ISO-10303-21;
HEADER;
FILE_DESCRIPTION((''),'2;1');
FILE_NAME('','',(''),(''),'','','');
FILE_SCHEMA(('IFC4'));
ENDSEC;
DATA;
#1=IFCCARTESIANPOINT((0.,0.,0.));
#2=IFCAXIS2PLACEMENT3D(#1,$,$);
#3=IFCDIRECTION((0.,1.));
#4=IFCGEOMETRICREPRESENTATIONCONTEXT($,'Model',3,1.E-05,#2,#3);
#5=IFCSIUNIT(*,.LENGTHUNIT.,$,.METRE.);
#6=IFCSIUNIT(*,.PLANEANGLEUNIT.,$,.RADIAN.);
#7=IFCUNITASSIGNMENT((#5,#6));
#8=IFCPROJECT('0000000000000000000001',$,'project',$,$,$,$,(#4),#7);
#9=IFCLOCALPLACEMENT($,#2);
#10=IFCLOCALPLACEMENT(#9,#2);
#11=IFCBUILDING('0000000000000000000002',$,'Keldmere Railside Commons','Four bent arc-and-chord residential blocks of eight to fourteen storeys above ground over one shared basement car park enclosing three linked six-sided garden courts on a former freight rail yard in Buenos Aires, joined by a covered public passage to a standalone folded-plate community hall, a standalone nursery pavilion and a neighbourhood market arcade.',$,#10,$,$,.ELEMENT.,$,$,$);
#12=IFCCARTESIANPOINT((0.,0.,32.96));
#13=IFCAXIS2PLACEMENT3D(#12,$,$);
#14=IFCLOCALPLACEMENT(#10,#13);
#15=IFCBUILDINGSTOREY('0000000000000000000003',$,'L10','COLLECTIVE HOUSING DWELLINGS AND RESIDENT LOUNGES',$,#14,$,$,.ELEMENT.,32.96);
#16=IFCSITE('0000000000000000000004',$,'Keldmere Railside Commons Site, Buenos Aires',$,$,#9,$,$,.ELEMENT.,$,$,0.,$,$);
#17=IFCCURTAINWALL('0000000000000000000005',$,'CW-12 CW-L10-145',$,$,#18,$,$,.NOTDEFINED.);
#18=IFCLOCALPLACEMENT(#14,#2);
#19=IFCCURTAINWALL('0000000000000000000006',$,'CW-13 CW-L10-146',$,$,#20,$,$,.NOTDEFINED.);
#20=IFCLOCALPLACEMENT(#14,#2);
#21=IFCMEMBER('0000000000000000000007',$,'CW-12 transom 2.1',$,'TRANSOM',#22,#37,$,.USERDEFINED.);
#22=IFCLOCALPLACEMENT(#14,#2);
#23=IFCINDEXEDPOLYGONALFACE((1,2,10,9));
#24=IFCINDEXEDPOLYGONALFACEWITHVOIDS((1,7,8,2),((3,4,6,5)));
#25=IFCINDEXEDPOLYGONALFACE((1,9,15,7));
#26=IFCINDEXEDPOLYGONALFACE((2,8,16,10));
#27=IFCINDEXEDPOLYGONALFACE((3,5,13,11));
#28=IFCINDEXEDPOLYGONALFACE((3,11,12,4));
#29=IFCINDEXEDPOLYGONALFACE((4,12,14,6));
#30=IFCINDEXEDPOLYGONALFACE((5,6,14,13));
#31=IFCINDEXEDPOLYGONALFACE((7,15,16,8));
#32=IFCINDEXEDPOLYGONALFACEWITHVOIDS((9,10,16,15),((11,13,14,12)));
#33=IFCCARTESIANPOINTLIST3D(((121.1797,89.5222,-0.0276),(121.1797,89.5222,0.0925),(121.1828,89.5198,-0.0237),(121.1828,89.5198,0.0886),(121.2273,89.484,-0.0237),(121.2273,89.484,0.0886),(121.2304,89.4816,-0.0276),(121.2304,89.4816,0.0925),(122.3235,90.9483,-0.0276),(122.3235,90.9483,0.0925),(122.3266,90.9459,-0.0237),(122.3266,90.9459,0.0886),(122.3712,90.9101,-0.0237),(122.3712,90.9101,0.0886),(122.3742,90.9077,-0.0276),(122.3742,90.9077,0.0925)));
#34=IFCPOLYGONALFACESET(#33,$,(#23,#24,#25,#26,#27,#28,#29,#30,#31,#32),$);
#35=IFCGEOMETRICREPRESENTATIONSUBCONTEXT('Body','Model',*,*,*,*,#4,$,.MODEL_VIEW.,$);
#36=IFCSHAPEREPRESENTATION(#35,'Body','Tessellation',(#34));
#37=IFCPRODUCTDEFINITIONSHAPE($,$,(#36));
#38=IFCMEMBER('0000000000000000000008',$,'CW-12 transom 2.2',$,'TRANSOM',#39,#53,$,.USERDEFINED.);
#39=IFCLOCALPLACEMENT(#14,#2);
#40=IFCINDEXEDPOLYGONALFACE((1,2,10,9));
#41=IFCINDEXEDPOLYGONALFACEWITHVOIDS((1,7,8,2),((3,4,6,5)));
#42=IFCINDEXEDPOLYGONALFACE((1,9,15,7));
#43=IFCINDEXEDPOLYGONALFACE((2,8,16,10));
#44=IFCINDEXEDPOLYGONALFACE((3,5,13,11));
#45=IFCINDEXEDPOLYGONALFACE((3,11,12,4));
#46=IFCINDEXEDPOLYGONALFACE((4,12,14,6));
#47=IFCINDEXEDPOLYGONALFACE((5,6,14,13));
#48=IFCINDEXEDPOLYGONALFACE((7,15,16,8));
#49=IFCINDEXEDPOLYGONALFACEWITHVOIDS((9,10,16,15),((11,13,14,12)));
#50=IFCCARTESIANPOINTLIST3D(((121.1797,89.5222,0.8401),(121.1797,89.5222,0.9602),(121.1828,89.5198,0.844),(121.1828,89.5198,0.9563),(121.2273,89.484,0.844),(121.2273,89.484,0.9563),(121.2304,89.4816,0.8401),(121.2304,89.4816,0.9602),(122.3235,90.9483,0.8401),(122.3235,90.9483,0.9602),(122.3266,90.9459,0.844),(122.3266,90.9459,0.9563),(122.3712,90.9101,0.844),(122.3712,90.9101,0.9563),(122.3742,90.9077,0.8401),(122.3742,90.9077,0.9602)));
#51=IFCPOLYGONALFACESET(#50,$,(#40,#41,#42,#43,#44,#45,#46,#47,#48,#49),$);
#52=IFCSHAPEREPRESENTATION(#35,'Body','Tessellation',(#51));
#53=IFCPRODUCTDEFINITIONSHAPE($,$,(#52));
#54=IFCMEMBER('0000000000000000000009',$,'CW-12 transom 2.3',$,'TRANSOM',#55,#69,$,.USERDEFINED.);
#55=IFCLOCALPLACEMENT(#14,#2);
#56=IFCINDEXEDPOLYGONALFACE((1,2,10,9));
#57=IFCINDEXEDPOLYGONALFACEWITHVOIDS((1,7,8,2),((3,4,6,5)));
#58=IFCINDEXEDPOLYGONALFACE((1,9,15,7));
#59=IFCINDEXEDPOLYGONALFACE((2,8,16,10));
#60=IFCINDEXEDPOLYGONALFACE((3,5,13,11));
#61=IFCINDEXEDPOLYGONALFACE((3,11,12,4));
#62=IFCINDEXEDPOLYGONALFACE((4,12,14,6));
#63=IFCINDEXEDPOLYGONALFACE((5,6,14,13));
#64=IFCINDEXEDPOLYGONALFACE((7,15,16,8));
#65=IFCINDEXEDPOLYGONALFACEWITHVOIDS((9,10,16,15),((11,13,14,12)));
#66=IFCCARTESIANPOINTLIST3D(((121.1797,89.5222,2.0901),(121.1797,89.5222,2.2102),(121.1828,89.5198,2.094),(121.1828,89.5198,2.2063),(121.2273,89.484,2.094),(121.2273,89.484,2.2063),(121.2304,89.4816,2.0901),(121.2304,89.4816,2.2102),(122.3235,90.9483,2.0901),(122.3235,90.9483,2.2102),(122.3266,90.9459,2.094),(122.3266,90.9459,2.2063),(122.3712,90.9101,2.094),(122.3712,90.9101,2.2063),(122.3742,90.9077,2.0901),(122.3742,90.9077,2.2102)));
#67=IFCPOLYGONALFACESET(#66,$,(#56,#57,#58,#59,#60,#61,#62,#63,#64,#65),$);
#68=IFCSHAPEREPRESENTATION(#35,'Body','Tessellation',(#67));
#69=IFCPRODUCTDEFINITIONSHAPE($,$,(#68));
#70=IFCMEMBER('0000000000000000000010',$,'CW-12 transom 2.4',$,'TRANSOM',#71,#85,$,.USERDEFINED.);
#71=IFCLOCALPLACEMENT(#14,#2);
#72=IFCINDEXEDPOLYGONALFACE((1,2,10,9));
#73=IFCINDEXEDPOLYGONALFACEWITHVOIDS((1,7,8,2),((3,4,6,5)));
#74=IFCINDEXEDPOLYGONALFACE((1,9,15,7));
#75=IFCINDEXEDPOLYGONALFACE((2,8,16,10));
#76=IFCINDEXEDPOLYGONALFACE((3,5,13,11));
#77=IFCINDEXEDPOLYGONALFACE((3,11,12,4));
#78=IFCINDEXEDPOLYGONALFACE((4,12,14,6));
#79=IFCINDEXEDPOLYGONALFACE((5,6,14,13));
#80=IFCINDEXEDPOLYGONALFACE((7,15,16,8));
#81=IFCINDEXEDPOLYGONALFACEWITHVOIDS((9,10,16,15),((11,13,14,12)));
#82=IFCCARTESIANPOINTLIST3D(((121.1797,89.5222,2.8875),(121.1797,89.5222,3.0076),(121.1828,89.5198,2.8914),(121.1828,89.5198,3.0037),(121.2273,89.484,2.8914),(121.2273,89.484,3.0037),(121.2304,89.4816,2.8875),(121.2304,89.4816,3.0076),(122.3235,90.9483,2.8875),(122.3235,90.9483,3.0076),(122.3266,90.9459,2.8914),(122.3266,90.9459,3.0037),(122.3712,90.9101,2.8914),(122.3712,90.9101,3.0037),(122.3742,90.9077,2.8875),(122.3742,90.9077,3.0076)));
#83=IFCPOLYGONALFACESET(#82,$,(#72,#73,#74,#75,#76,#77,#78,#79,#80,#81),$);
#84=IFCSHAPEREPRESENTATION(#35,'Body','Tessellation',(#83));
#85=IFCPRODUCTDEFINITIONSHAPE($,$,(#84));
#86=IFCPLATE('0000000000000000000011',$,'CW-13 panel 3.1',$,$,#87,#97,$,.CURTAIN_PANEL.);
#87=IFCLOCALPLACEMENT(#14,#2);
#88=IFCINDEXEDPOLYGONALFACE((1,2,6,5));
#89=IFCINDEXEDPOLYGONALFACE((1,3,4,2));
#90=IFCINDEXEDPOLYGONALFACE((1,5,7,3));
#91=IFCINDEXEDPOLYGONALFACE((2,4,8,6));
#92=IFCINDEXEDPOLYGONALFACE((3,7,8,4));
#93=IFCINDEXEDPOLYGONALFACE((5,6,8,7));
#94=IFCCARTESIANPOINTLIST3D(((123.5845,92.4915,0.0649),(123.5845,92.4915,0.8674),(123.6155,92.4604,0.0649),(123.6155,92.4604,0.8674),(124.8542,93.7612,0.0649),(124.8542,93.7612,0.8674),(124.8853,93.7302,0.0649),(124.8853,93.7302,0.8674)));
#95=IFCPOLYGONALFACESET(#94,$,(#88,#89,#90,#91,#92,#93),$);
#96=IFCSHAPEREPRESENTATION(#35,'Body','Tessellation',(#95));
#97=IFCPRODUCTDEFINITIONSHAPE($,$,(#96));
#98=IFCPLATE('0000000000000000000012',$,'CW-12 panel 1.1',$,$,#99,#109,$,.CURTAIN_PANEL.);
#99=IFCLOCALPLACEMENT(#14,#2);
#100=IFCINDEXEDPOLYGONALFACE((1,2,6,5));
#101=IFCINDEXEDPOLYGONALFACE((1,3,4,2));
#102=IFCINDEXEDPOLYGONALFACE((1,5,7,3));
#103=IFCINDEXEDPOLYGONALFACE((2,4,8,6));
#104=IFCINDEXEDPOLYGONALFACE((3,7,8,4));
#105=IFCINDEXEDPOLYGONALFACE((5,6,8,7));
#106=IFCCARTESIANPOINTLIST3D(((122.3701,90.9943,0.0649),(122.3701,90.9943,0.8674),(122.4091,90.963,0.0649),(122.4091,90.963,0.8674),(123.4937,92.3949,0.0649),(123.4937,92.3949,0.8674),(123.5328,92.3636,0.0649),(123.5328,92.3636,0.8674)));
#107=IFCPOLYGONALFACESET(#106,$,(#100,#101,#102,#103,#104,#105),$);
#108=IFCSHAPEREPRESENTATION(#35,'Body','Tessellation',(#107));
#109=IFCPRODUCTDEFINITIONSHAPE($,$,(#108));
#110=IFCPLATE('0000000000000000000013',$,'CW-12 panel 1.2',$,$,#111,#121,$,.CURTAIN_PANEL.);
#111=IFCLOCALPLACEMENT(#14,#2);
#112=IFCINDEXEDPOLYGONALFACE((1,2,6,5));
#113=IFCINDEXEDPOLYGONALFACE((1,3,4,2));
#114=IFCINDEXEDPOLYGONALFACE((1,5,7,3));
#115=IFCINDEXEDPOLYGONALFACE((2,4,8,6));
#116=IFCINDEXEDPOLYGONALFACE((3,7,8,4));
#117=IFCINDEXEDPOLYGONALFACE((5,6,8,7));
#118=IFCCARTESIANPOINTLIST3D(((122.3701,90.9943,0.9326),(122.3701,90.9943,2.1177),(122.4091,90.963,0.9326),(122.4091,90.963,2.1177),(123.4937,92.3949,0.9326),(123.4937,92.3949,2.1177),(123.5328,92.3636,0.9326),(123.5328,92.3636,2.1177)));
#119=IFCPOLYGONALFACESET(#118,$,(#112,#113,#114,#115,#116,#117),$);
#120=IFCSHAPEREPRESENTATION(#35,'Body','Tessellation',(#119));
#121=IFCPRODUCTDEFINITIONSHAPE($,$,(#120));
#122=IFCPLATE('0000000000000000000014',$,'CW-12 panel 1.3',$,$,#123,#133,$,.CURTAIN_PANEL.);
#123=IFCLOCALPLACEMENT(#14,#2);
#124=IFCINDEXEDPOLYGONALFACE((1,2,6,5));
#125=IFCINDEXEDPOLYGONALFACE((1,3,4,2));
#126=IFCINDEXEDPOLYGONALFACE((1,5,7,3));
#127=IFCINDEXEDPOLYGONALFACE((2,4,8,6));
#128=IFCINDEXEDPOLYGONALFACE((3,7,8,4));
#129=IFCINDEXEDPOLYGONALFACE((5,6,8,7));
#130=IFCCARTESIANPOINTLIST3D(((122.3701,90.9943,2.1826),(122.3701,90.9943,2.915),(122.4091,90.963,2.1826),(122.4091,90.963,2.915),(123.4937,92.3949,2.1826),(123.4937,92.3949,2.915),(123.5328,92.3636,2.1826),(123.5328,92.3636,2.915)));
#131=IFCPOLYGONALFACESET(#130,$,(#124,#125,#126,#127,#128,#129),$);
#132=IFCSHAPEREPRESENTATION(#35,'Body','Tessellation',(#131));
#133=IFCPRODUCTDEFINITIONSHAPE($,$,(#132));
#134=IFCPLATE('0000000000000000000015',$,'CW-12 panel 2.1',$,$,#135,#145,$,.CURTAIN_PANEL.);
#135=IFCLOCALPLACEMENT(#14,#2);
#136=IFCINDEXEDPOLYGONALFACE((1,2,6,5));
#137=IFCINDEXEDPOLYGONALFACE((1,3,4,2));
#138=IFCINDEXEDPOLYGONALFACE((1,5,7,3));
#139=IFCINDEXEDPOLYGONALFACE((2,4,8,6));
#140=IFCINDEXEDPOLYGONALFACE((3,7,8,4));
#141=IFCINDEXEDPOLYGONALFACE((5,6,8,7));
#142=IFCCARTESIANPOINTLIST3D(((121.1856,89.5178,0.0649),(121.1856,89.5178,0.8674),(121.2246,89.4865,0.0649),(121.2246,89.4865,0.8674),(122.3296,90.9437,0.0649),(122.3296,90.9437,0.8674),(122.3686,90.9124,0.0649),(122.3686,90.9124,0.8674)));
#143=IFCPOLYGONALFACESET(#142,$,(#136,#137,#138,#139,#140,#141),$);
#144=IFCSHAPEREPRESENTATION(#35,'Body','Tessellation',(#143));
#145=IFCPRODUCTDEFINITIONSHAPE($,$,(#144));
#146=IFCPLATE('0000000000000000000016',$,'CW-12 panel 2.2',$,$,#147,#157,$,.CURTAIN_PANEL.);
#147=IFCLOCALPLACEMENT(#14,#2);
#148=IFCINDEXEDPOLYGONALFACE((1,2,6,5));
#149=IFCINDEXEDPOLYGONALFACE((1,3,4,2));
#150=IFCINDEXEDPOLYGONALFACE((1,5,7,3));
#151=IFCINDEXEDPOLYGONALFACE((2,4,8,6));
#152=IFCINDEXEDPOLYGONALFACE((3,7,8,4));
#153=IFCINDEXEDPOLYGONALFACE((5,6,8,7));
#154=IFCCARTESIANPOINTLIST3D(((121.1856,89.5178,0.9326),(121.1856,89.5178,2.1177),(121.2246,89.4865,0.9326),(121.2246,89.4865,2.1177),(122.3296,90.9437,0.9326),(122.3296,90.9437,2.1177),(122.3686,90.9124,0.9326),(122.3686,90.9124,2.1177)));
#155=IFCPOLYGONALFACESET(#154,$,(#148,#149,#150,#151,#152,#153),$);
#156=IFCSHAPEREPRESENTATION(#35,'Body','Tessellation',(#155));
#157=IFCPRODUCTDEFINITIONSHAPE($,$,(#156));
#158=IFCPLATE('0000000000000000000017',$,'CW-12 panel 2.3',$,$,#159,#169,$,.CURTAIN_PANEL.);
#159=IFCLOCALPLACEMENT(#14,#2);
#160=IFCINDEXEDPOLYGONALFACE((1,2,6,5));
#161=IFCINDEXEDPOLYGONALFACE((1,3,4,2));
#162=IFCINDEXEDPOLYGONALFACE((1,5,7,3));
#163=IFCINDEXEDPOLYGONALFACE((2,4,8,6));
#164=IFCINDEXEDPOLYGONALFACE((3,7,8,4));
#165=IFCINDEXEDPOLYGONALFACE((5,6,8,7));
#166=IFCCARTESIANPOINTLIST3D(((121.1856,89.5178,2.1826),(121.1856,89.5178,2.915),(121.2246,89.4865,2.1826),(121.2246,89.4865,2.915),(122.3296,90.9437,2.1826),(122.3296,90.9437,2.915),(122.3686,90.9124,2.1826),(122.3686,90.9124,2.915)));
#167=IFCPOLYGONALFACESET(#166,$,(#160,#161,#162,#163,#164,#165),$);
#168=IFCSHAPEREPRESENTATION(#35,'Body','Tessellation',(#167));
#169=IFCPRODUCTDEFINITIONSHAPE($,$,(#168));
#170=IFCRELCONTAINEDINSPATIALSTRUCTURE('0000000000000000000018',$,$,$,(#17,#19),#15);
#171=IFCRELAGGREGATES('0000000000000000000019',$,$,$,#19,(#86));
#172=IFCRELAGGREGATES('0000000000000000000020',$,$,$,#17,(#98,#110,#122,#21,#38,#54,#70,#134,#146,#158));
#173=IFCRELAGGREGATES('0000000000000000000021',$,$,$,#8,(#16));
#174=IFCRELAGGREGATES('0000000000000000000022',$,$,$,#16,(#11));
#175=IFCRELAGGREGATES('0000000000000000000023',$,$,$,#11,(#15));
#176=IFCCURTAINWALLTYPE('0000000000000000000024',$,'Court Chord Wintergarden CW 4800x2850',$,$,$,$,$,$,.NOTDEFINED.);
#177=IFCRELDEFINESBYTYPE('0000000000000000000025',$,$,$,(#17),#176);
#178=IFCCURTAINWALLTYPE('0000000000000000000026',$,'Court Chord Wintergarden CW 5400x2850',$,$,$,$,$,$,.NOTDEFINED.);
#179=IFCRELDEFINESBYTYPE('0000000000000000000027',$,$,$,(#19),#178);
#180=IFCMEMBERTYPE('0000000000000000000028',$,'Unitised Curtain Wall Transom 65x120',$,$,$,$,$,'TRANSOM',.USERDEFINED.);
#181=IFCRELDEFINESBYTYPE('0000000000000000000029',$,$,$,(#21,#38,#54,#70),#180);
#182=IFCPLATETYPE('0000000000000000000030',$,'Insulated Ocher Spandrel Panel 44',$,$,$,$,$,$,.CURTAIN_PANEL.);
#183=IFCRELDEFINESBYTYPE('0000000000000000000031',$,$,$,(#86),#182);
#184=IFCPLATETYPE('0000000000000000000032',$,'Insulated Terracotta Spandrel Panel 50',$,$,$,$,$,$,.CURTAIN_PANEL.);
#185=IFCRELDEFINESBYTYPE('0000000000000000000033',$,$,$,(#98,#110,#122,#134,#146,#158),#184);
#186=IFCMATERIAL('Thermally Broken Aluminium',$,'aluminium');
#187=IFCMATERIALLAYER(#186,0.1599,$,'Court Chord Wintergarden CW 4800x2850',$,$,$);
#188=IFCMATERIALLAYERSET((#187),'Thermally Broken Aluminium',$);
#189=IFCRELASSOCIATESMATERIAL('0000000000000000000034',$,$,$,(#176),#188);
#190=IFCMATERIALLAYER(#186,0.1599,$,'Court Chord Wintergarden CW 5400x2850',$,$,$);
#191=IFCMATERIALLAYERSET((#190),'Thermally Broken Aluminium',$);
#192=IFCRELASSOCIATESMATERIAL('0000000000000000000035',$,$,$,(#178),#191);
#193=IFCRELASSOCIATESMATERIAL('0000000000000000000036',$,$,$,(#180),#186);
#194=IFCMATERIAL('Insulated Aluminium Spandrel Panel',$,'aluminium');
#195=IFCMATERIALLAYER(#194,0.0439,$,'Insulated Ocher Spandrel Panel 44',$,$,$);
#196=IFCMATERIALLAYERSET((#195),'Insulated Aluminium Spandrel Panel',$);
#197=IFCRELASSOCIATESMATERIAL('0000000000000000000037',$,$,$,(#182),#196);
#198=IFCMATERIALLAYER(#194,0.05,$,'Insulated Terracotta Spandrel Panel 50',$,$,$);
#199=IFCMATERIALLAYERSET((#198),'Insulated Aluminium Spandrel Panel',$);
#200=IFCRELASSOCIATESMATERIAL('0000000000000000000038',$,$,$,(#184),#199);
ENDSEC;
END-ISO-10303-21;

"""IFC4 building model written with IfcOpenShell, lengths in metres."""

from ifc_helpers import new_model, si_unit, direction, frame, origin, origin_2d, place, context, subcontext, project, spatial, rectangle, hollow_rectangle, extrude, material, layer, layer_set, material_profile, profile_set, type_object, element, aggregate, save


model = new_model("IFC4")

# Units and contexts
model_context = context("Model", 3, precision=1e-05, world=origin(), true_north=direction((0.0, 1.0)))
body_context = subcontext(model_context, "Body", "Model", "MODEL_VIEW")
ifc_project = project(units=[si_unit("LENGTHUNIT", "METRE"), si_unit("PLANEANGLEUNIT", "RADIAN")], contexts=[model_context])

# Site, building, storey
site_placement = place(None, origin())
site = spatial("IfcSite", under=ifc_project, at=site_placement, Name="Keldmere Railside Commons Site, Buenos Aires", CompositionType="ELEMENT", RefElevation=0.0)
building_placement = place(site_placement, origin())
building = spatial("IfcBuilding", under=site, at=building_placement, Name="Keldmere Railside Commons", Description="Four bent arc-and-chord residential blocks of eight to fourteen storeys above ground over one shared basement car park enclosing three linked six-sided garden courts on a former freight rail yard in Buenos Aires, joined by a covered public passage to a standalone folded-plate community hall, a standalone nursery pavilion and a neighbourhood market arcade.", CompositionType="ELEMENT")
storey_placement = place(building_placement, frame((0.0, 0.0, 32.96)))
storey = spatial("IfcBuildingStorey", under=building, at=storey_placement, Name="L10", Description="COLLECTIVE HOUSING DWELLINGS AND RESIDENT LOUNGES", CompositionType="ELEMENT", Elevation=32.96)

# Curtain wall
ifc_material_1 = material(Name="Thermally Broken Aluminium", Category="aluminium")
ifc_layer_1 = layer(ifc_material_1, 0.1599, Name="Court Chord Wintergarden CW 4800x2850")
ifc_layer_set_1 = layer_set([ifc_layer_1], Name="Thermally Broken Aluminium")
curtain_wall_type_1 = type_object("IfcCurtainWallType", Name="Court Chord Wintergarden CW 4800x2850", PredefinedType="NOTDEFINED", material=ifc_layer_set_1)
curtain_wall_1_placement = place(storey_placement, origin())
curtain_wall_1 = element("IfcCurtainWall", 1, at=curtain_wall_1_placement, inside=storey, type_object=curtain_wall_type_1, Name="CW-12 CW-L10-145", PredefinedType="NOTDEFINED")

# Curtain wall
ifc_layer_2 = layer(ifc_material_1, 0.1599, Name="Court Chord Wintergarden CW 5400x2850")
ifc_layer_set_2 = layer_set([ifc_layer_2], Name="Thermally Broken Aluminium")
curtain_wall_type_2 = type_object("IfcCurtainWallType", Name="Court Chord Wintergarden CW 5400x2850", PredefinedType="NOTDEFINED", material=ifc_layer_set_2)
curtain_wall_2_placement = place(storey_placement, origin())
curtain_wall_2 = element("IfcCurtainWall", 2, at=curtain_wall_2_placement, inside=storey, type_object=curtain_wall_type_2, Name="CW-13 CW-L10-146", PredefinedType="NOTDEFINED")

# Members
ifc_material_profile_1 = material_profile(ifc_material_1, hollow_rectangle(XDim=0.0649, YDim=0.1201, WallThickness=0.0039, at=origin_2d()), Name="ALU-TRAN-65x120")
ifc_profile_set_1 = profile_set([ifc_material_profile_1], Name="Thermally Broken Aluminium")
member_type_1 = type_object("IfcMemberType", Name="Unitised Curtain Wall Transom 65x120", ElementType="TRANSOM", PredefinedType="USERDEFINED", material=ifc_profile_set_1)
member_1_placement = place(storey_placement, frame((122.3489, 90.928, 0.0325), z_axis=(-0.625688, -0.780073, 0.0), x_axis=(0.780073, -0.625688, 0.0)))
member_1 = element("IfcMember", 3, at=member_1_placement, type_object=member_type_1, Name="CW-12 transom 2.1", ObjectType="TRANSOM", PredefinedType="USERDEFINED", context=body_context, shape_type="SweptSolid", body=[
    extrude(hollow_rectangle(XDim=0.0649, YDim=0.1201, WallThickness=0.0039, at=origin_2d()), origin(), (0.0, 0.0, 1.0), 1.8281),
])
member_2_placement = place(storey_placement, frame((122.3489, 90.928, 0.9001), z_axis=(-0.625688, -0.780073, 0.0), x_axis=(0.780073, -0.625688, 0.0)))
member_2 = element("IfcMember", 4, at=member_2_placement, type_object=member_type_1, Name="CW-12 transom 2.2", ObjectType="TRANSOM", PredefinedType="USERDEFINED", context=body_context, shape_type="SweptSolid", body=[
    extrude(hollow_rectangle(XDim=0.0649, YDim=0.1201, WallThickness=0.0039, at=origin_2d()), origin(), (0.0, 0.0, 1.0), 1.8281),
])
member_3_placement = place(storey_placement, frame((122.3489, 90.928, 2.1501), z_axis=(-0.625688, -0.780073, 0.0), x_axis=(0.780073, -0.625688, 0.0)))
member_3 = element("IfcMember", 5, at=member_3_placement, type_object=member_type_1, Name="CW-12 transom 2.3", ObjectType="TRANSOM", PredefinedType="USERDEFINED", context=body_context, shape_type="SweptSolid", body=[
    extrude(hollow_rectangle(XDim=0.0649, YDim=0.1201, WallThickness=0.0039, at=origin_2d()), origin(), (0.0, 0.0, 1.0), 1.8281),
])
member_4_placement = place(storey_placement, frame((122.3489, 90.928, 2.9475), z_axis=(-0.625688, -0.780073, 0.0), x_axis=(0.780073, -0.625688, 0.0)))
member_4 = element("IfcMember", 6, at=member_4_placement, type_object=member_type_1, Name="CW-12 transom 2.4", ObjectType="TRANSOM", PredefinedType="USERDEFINED", context=body_context, shape_type="SweptSolid", body=[
    extrude(hollow_rectangle(XDim=0.0649, YDim=0.1201, WallThickness=0.0039, at=origin_2d()), origin(), (0.0, 0.0, 1.0), 1.8281),
])

# Plates
ifc_material_2 = material(Name="Insulated Aluminium Spandrel Panel", Category="aluminium")
ifc_layer_3 = layer(ifc_material_2, 0.0439, Name="Insulated Ocher Spandrel Panel 44")
ifc_layer_set_3 = layer_set([ifc_layer_3], Name="Insulated Aluminium Spandrel Panel")
plate_type_1 = type_object("IfcPlateType", Name="Insulated Ocher Spandrel Panel 44", PredefinedType="CURTAIN_PANEL", material=ifc_layer_set_3)
plate_1_placement = place(storey_placement, frame((124.2349, 93.1108, 0.0649), z_axis=(0.0, 0.0, 1.0), x_axis=(-0.707107, -0.707107, 0.0)))
plate_1 = element("IfcPlate", 7, at=plate_1_placement, type_object=plate_type_1, Name="CW-13 panel 3.1", PredefinedType="CURTAIN_PANEL", context=body_context, shape_type="SweptSolid", body=[
    extrude(rectangle(XDim=1.7957, YDim=0.0439, at=origin_2d()), origin(), (0.0, 0.0, 1.0), 0.8025),
])
aggregate(curtain_wall_2, [plate_1])
ifc_layer_4 = layer(ifc_material_2, 0.05, Name="Insulated Terracotta Spandrel Panel 50")
ifc_layer_set_4 = layer_set([ifc_layer_4], Name="Insulated Aluminium Spandrel Panel")
plate_type_2 = type_object("IfcPlateType", Name="Insulated Terracotta Spandrel Panel 50", PredefinedType="CURTAIN_PANEL", material=ifc_layer_set_4)
plate_2_placement = place(storey_placement, frame((122.9514, 91.679, 0.0649), z_axis=(0.0, 0.0, 1.0), x_axis=(-0.625768, -0.780009, 0.0)))
plate_2 = element("IfcPlate", 8, at=plate_2_placement, type_object=plate_type_2, Name="CW-12 panel 1.1", PredefinedType="CURTAIN_PANEL", context=body_context, shape_type="SweptSolid", body=[
    extrude(rectangle(XDim=1.7957, YDim=0.05, at=origin_2d()), origin(), (0.0, 0.0, 1.0), 0.8025),
])
plate_3_placement = place(storey_placement, frame((122.9514, 91.679, 0.9326), z_axis=(0.0, 0.0, 1.0), x_axis=(-0.625768, -0.780009, 0.0)))
plate_3 = element("IfcPlate", 9, at=plate_3_placement, type_object=plate_type_2, Name="CW-12 panel 1.2", PredefinedType="CURTAIN_PANEL", context=body_context, shape_type="SweptSolid", body=[
    extrude(rectangle(XDim=1.7957, YDim=0.05, at=origin_2d()), origin(), (0.0, 0.0, 1.0), 1.1851),
])
plate_4_placement = place(storey_placement, frame((122.9514, 91.679, 2.1826), z_axis=(0.0, 0.0, 1.0), x_axis=(-0.625768, -0.780009, 0.0)))
plate_4 = element("IfcPlate", 10, at=plate_4_placement, type_object=plate_type_2, Name="CW-12 panel 1.3", PredefinedType="CURTAIN_PANEL", context=body_context, shape_type="SweptSolid", body=[
    extrude(rectangle(XDim=1.7957, YDim=0.05, at=origin_2d()), origin(), (0.0, 0.0, 1.0), 0.7324),
])
plate_5_placement = place(storey_placement, frame((121.7771, 90.2151, 0.0649), z_axis=(0.0, 0.0, 1.0), x_axis=(-0.625768, -0.780009, 0.0)))
plate_5 = element("IfcPlate", 11, at=plate_5_placement, type_object=plate_type_2, Name="CW-12 panel 2.1", PredefinedType="CURTAIN_PANEL", context=body_context, shape_type="SweptSolid", body=[
    extrude(rectangle(XDim=1.8281, YDim=0.05, at=origin_2d()), origin(), (0.0, 0.0, 1.0), 0.8025),
])
plate_6_placement = place(storey_placement, frame((121.7771, 90.2151, 0.9326), z_axis=(0.0, 0.0, 1.0), x_axis=(-0.625768, -0.780009, 0.0)))
plate_6 = element("IfcPlate", 12, at=plate_6_placement, type_object=plate_type_2, Name="CW-12 panel 2.2", PredefinedType="CURTAIN_PANEL", context=body_context, shape_type="SweptSolid", body=[
    extrude(rectangle(XDim=1.8281, YDim=0.05, at=origin_2d()), origin(), (0.0, 0.0, 1.0), 1.1851),
])
plate_7_placement = place(storey_placement, frame((121.7771, 90.2151, 2.1826), z_axis=(0.0, 0.0, 1.0), x_axis=(-0.625768, -0.780009, 0.0)))
plate_7 = element("IfcPlate", 13, at=plate_7_placement, type_object=plate_type_2, Name="CW-12 panel 2.3", PredefinedType="CURTAIN_PANEL", context=body_context, shape_type="SweptSolid", body=[
    extrude(rectangle(XDim=1.8281, YDim=0.05, at=origin_2d()), origin(), (0.0, 0.0, 1.0), 0.7324),
])
aggregate(curtain_wall_1, [plate_2, plate_3, plate_4, member_1, member_2, member_3, member_4, plate_5, plate_6, plate_7])

save(model, "model.ifc")
